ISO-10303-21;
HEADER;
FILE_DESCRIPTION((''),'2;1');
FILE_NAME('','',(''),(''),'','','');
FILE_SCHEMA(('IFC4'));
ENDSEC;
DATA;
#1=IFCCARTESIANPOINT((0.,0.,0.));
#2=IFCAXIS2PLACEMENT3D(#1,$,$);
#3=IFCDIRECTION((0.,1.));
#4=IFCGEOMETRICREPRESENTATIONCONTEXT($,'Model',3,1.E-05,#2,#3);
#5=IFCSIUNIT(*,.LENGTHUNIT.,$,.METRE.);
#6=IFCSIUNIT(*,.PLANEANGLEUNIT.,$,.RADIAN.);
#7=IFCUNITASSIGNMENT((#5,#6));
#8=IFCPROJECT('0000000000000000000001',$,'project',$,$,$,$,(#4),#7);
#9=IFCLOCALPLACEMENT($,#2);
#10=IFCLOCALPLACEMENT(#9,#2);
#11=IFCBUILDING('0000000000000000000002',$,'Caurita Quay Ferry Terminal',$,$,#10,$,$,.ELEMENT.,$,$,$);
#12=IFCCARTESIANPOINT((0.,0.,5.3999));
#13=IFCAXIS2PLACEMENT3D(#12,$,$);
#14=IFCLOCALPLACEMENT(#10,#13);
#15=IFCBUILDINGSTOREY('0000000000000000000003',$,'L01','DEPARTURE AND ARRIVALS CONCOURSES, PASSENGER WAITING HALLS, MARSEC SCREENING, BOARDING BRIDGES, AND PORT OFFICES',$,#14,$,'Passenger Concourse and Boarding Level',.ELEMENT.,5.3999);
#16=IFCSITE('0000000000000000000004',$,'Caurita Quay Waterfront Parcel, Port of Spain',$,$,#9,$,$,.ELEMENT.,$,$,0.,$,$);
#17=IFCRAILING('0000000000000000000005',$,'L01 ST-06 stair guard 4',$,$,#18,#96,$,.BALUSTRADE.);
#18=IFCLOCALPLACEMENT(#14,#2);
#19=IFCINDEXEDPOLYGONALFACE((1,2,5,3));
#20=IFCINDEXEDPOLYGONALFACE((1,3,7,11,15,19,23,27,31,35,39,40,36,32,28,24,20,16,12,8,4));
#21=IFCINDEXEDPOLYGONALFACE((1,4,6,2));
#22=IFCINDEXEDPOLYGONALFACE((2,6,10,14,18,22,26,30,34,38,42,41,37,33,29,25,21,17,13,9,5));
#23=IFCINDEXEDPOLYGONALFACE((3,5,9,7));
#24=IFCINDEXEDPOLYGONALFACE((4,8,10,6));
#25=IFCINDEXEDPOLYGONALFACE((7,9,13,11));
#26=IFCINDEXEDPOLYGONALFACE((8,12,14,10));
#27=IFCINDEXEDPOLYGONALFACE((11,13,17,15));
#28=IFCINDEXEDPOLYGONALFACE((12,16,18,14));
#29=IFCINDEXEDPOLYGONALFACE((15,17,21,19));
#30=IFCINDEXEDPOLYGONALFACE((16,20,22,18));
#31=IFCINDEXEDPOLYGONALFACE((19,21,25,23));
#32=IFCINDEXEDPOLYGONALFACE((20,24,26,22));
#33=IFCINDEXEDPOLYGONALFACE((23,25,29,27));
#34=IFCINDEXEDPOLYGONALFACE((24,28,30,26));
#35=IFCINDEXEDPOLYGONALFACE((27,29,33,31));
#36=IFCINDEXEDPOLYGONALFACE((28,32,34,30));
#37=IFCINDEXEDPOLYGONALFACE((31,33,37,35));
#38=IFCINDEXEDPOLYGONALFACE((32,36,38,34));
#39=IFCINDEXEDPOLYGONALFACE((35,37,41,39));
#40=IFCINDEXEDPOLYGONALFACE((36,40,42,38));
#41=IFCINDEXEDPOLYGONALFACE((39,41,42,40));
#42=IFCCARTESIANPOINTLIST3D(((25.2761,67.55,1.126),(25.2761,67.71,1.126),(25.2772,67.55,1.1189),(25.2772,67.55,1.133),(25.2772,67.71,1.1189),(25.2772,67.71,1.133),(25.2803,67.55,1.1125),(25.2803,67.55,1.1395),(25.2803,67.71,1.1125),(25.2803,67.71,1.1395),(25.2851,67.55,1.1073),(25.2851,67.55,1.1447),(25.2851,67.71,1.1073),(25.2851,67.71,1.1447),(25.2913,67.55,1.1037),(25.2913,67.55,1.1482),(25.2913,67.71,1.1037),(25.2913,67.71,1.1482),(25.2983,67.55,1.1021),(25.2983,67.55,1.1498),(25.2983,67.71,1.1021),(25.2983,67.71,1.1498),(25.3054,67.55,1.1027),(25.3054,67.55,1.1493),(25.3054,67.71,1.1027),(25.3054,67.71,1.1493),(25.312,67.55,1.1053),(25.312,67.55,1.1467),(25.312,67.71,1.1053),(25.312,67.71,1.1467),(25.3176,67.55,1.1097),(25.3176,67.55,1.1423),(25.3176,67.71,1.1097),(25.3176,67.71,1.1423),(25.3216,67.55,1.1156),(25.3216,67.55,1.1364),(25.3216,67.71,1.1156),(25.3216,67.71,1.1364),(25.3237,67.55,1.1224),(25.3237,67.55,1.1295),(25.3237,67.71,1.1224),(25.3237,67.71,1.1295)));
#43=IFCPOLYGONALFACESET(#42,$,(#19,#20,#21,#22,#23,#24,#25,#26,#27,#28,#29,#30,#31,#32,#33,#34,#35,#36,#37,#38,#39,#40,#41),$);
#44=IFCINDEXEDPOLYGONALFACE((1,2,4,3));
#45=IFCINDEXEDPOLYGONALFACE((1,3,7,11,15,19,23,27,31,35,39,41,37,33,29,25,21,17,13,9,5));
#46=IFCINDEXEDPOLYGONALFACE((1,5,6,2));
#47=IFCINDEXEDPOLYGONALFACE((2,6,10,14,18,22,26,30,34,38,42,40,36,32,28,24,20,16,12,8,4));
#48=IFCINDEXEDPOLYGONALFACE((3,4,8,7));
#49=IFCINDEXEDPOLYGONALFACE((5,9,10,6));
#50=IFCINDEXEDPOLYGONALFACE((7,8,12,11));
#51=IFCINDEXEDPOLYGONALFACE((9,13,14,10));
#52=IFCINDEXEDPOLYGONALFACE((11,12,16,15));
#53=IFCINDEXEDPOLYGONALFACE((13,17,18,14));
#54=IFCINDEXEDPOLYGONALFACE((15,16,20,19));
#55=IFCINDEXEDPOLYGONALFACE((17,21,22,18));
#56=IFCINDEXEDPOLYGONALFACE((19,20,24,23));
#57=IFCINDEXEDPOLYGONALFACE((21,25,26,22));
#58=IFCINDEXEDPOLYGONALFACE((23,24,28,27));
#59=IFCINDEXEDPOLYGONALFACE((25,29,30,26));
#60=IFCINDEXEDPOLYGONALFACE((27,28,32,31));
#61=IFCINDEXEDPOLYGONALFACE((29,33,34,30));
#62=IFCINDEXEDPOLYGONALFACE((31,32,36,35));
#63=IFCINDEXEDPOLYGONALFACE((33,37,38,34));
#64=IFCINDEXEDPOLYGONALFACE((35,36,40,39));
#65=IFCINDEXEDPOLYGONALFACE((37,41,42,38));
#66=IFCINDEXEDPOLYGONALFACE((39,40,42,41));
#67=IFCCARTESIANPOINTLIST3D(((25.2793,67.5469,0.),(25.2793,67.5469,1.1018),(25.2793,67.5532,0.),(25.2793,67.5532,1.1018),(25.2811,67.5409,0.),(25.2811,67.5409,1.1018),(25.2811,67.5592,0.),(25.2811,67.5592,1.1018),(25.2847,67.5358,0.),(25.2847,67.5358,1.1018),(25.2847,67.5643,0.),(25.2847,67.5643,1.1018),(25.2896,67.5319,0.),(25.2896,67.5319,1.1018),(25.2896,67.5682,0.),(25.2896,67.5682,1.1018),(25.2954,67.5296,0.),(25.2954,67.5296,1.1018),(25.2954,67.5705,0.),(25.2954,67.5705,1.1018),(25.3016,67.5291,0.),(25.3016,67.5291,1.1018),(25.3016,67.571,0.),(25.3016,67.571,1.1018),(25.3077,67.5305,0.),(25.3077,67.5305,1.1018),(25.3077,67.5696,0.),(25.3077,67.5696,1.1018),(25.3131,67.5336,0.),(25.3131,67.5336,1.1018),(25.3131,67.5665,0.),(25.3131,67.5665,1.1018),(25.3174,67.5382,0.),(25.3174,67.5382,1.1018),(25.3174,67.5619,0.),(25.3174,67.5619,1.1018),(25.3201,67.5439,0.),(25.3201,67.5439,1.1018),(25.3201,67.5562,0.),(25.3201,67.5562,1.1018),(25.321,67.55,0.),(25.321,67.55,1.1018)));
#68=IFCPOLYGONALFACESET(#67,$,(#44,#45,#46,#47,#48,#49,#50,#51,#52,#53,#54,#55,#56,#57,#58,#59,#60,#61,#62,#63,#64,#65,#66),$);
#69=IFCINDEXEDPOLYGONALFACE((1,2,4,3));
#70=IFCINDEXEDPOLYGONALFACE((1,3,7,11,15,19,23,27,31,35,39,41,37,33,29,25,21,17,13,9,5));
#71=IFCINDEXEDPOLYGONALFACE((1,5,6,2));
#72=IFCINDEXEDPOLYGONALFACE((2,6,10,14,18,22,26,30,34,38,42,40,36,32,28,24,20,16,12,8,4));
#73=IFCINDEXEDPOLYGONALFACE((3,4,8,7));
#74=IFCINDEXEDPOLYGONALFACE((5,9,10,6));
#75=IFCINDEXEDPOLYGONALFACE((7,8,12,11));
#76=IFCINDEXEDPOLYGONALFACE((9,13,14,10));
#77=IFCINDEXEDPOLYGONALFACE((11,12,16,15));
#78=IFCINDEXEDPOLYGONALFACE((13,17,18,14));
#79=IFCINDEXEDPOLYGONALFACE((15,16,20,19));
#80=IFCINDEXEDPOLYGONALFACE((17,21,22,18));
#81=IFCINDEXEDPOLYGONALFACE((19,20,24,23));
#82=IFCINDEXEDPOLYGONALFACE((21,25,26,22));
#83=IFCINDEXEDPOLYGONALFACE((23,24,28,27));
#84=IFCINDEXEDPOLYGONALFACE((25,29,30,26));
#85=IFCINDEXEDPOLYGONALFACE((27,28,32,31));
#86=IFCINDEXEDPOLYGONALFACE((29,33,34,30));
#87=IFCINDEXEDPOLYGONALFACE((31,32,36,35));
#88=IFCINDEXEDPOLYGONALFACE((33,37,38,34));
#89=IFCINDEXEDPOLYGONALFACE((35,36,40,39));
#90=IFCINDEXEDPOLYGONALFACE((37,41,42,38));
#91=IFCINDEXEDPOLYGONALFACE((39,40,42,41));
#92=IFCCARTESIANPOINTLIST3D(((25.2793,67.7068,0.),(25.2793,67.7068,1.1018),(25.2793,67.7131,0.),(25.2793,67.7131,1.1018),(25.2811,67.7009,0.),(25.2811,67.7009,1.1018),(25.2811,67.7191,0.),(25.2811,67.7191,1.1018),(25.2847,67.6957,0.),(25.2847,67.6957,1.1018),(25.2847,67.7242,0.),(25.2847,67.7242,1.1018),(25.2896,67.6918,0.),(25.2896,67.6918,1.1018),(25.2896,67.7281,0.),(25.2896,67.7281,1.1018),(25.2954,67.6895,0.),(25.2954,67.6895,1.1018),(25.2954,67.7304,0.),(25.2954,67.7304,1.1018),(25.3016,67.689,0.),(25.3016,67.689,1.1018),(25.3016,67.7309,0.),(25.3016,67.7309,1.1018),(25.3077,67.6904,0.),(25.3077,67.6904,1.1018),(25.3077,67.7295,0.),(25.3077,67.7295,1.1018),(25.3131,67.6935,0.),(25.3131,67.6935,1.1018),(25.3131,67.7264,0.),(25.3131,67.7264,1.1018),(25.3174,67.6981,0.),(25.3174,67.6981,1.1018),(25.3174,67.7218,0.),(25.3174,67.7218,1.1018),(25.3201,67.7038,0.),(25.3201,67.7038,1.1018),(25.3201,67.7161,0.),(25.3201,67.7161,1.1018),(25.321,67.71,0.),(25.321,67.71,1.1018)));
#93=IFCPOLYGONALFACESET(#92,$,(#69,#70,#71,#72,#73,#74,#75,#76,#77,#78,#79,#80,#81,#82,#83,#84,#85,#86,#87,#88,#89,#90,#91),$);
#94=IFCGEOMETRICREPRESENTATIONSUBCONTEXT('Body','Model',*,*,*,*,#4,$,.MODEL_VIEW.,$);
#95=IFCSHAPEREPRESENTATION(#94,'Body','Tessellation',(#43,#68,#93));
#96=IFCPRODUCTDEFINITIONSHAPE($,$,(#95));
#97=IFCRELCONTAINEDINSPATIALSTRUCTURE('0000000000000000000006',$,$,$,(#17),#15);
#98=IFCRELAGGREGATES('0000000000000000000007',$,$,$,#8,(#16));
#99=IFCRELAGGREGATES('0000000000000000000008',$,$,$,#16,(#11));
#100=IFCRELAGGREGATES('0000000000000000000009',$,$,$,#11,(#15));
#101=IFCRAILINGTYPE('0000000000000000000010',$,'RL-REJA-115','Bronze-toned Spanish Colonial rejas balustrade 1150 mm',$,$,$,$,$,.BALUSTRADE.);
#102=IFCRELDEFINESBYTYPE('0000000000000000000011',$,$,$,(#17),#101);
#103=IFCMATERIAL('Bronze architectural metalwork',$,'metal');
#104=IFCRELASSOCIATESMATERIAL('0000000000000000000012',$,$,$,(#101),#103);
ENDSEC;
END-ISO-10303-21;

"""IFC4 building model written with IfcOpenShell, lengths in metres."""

from ifc_helpers import new_model, si_unit, direction, frame, origin, origin_2d, place, context, subcontext, project, spatial, circle, extrude, material, type_object, element, save


model = new_model("IFC4")

# Units and contexts
model_context = context("Model", 3, precision=1e-05, world=origin(), true_north=direction((0.0, 1.0)))
body_context = subcontext(model_context, "Body", "Model", "MODEL_VIEW")
ifc_project = project(units=[si_unit("LENGTHUNIT", "METRE"), si_unit("PLANEANGLEUNIT", "RADIAN")], contexts=[model_context])

# Site, building, storey
site_placement = place(None, origin())
site = spatial("IfcSite", under=ifc_project, at=site_placement, Name="Caurita Quay Waterfront Parcel, Port of Spain", CompositionType="ELEMENT", RefElevation=0.0)
building_placement = place(site_placement, origin())
building = spatial("IfcBuilding", under=site, at=building_placement, Name="Caurita Quay Ferry Terminal", CompositionType="ELEMENT")
storey_placement = place(building_placement, frame((0.0, 0.0, 5.3999)))
storey = spatial("IfcBuildingStorey", under=building, at=storey_placement, Name="L01", Description="DEPARTURE AND ARRIVALS CONCOURSES, PASSENGER WAITING HALLS, MARSEC SCREENING, BOARDING BRIDGES, AND PORT OFFICES", LongName="Passenger Concourse and Boarding Level", CompositionType="ELEMENT", Elevation=5.3999)

# Railing
ifc_material_1 = material(Name="Bronze architectural metalwork", Category="metal")
railing_type = type_object("IfcRailingType", Name="RL-REJA-115", Description="Bronze-toned Spanish Colonial rejas balustrade 1150 mm", PredefinedType="BALUSTRADE", material=ifc_material_1)
railing_1_placement = place(storey_placement, frame((25.3, 67.55, 0.0)))
element("IfcRailing", 1, at=railing_1_placement, inside=storey, type_object=railing_type, Name="L01 ST-06 stair guard 4", PredefinedType="BALUSTRADE", context=body_context, shape_type="SweptSolid", body=[
    extrude(circle(Radius=0.0239, at=origin_2d()), frame((0.0, 0.0, 1.126), z_axis=(0.0, 1.0, 0.0), x_axis=(-1.0, 0.0, 0.0)), (0.0, 0.0, 1.0), 0.1599),
    extrude(circle(Radius=0.021, at=origin_2d()), origin(), (0.0, 0.0, 1.0), 1.1018),
    extrude(circle(Radius=0.021, at=origin_2d()), frame((0.0, 0.1599, 0.0)), (0.0, 0.0, 1.0), 1.1018),
])

save(model, "model.ifc")
